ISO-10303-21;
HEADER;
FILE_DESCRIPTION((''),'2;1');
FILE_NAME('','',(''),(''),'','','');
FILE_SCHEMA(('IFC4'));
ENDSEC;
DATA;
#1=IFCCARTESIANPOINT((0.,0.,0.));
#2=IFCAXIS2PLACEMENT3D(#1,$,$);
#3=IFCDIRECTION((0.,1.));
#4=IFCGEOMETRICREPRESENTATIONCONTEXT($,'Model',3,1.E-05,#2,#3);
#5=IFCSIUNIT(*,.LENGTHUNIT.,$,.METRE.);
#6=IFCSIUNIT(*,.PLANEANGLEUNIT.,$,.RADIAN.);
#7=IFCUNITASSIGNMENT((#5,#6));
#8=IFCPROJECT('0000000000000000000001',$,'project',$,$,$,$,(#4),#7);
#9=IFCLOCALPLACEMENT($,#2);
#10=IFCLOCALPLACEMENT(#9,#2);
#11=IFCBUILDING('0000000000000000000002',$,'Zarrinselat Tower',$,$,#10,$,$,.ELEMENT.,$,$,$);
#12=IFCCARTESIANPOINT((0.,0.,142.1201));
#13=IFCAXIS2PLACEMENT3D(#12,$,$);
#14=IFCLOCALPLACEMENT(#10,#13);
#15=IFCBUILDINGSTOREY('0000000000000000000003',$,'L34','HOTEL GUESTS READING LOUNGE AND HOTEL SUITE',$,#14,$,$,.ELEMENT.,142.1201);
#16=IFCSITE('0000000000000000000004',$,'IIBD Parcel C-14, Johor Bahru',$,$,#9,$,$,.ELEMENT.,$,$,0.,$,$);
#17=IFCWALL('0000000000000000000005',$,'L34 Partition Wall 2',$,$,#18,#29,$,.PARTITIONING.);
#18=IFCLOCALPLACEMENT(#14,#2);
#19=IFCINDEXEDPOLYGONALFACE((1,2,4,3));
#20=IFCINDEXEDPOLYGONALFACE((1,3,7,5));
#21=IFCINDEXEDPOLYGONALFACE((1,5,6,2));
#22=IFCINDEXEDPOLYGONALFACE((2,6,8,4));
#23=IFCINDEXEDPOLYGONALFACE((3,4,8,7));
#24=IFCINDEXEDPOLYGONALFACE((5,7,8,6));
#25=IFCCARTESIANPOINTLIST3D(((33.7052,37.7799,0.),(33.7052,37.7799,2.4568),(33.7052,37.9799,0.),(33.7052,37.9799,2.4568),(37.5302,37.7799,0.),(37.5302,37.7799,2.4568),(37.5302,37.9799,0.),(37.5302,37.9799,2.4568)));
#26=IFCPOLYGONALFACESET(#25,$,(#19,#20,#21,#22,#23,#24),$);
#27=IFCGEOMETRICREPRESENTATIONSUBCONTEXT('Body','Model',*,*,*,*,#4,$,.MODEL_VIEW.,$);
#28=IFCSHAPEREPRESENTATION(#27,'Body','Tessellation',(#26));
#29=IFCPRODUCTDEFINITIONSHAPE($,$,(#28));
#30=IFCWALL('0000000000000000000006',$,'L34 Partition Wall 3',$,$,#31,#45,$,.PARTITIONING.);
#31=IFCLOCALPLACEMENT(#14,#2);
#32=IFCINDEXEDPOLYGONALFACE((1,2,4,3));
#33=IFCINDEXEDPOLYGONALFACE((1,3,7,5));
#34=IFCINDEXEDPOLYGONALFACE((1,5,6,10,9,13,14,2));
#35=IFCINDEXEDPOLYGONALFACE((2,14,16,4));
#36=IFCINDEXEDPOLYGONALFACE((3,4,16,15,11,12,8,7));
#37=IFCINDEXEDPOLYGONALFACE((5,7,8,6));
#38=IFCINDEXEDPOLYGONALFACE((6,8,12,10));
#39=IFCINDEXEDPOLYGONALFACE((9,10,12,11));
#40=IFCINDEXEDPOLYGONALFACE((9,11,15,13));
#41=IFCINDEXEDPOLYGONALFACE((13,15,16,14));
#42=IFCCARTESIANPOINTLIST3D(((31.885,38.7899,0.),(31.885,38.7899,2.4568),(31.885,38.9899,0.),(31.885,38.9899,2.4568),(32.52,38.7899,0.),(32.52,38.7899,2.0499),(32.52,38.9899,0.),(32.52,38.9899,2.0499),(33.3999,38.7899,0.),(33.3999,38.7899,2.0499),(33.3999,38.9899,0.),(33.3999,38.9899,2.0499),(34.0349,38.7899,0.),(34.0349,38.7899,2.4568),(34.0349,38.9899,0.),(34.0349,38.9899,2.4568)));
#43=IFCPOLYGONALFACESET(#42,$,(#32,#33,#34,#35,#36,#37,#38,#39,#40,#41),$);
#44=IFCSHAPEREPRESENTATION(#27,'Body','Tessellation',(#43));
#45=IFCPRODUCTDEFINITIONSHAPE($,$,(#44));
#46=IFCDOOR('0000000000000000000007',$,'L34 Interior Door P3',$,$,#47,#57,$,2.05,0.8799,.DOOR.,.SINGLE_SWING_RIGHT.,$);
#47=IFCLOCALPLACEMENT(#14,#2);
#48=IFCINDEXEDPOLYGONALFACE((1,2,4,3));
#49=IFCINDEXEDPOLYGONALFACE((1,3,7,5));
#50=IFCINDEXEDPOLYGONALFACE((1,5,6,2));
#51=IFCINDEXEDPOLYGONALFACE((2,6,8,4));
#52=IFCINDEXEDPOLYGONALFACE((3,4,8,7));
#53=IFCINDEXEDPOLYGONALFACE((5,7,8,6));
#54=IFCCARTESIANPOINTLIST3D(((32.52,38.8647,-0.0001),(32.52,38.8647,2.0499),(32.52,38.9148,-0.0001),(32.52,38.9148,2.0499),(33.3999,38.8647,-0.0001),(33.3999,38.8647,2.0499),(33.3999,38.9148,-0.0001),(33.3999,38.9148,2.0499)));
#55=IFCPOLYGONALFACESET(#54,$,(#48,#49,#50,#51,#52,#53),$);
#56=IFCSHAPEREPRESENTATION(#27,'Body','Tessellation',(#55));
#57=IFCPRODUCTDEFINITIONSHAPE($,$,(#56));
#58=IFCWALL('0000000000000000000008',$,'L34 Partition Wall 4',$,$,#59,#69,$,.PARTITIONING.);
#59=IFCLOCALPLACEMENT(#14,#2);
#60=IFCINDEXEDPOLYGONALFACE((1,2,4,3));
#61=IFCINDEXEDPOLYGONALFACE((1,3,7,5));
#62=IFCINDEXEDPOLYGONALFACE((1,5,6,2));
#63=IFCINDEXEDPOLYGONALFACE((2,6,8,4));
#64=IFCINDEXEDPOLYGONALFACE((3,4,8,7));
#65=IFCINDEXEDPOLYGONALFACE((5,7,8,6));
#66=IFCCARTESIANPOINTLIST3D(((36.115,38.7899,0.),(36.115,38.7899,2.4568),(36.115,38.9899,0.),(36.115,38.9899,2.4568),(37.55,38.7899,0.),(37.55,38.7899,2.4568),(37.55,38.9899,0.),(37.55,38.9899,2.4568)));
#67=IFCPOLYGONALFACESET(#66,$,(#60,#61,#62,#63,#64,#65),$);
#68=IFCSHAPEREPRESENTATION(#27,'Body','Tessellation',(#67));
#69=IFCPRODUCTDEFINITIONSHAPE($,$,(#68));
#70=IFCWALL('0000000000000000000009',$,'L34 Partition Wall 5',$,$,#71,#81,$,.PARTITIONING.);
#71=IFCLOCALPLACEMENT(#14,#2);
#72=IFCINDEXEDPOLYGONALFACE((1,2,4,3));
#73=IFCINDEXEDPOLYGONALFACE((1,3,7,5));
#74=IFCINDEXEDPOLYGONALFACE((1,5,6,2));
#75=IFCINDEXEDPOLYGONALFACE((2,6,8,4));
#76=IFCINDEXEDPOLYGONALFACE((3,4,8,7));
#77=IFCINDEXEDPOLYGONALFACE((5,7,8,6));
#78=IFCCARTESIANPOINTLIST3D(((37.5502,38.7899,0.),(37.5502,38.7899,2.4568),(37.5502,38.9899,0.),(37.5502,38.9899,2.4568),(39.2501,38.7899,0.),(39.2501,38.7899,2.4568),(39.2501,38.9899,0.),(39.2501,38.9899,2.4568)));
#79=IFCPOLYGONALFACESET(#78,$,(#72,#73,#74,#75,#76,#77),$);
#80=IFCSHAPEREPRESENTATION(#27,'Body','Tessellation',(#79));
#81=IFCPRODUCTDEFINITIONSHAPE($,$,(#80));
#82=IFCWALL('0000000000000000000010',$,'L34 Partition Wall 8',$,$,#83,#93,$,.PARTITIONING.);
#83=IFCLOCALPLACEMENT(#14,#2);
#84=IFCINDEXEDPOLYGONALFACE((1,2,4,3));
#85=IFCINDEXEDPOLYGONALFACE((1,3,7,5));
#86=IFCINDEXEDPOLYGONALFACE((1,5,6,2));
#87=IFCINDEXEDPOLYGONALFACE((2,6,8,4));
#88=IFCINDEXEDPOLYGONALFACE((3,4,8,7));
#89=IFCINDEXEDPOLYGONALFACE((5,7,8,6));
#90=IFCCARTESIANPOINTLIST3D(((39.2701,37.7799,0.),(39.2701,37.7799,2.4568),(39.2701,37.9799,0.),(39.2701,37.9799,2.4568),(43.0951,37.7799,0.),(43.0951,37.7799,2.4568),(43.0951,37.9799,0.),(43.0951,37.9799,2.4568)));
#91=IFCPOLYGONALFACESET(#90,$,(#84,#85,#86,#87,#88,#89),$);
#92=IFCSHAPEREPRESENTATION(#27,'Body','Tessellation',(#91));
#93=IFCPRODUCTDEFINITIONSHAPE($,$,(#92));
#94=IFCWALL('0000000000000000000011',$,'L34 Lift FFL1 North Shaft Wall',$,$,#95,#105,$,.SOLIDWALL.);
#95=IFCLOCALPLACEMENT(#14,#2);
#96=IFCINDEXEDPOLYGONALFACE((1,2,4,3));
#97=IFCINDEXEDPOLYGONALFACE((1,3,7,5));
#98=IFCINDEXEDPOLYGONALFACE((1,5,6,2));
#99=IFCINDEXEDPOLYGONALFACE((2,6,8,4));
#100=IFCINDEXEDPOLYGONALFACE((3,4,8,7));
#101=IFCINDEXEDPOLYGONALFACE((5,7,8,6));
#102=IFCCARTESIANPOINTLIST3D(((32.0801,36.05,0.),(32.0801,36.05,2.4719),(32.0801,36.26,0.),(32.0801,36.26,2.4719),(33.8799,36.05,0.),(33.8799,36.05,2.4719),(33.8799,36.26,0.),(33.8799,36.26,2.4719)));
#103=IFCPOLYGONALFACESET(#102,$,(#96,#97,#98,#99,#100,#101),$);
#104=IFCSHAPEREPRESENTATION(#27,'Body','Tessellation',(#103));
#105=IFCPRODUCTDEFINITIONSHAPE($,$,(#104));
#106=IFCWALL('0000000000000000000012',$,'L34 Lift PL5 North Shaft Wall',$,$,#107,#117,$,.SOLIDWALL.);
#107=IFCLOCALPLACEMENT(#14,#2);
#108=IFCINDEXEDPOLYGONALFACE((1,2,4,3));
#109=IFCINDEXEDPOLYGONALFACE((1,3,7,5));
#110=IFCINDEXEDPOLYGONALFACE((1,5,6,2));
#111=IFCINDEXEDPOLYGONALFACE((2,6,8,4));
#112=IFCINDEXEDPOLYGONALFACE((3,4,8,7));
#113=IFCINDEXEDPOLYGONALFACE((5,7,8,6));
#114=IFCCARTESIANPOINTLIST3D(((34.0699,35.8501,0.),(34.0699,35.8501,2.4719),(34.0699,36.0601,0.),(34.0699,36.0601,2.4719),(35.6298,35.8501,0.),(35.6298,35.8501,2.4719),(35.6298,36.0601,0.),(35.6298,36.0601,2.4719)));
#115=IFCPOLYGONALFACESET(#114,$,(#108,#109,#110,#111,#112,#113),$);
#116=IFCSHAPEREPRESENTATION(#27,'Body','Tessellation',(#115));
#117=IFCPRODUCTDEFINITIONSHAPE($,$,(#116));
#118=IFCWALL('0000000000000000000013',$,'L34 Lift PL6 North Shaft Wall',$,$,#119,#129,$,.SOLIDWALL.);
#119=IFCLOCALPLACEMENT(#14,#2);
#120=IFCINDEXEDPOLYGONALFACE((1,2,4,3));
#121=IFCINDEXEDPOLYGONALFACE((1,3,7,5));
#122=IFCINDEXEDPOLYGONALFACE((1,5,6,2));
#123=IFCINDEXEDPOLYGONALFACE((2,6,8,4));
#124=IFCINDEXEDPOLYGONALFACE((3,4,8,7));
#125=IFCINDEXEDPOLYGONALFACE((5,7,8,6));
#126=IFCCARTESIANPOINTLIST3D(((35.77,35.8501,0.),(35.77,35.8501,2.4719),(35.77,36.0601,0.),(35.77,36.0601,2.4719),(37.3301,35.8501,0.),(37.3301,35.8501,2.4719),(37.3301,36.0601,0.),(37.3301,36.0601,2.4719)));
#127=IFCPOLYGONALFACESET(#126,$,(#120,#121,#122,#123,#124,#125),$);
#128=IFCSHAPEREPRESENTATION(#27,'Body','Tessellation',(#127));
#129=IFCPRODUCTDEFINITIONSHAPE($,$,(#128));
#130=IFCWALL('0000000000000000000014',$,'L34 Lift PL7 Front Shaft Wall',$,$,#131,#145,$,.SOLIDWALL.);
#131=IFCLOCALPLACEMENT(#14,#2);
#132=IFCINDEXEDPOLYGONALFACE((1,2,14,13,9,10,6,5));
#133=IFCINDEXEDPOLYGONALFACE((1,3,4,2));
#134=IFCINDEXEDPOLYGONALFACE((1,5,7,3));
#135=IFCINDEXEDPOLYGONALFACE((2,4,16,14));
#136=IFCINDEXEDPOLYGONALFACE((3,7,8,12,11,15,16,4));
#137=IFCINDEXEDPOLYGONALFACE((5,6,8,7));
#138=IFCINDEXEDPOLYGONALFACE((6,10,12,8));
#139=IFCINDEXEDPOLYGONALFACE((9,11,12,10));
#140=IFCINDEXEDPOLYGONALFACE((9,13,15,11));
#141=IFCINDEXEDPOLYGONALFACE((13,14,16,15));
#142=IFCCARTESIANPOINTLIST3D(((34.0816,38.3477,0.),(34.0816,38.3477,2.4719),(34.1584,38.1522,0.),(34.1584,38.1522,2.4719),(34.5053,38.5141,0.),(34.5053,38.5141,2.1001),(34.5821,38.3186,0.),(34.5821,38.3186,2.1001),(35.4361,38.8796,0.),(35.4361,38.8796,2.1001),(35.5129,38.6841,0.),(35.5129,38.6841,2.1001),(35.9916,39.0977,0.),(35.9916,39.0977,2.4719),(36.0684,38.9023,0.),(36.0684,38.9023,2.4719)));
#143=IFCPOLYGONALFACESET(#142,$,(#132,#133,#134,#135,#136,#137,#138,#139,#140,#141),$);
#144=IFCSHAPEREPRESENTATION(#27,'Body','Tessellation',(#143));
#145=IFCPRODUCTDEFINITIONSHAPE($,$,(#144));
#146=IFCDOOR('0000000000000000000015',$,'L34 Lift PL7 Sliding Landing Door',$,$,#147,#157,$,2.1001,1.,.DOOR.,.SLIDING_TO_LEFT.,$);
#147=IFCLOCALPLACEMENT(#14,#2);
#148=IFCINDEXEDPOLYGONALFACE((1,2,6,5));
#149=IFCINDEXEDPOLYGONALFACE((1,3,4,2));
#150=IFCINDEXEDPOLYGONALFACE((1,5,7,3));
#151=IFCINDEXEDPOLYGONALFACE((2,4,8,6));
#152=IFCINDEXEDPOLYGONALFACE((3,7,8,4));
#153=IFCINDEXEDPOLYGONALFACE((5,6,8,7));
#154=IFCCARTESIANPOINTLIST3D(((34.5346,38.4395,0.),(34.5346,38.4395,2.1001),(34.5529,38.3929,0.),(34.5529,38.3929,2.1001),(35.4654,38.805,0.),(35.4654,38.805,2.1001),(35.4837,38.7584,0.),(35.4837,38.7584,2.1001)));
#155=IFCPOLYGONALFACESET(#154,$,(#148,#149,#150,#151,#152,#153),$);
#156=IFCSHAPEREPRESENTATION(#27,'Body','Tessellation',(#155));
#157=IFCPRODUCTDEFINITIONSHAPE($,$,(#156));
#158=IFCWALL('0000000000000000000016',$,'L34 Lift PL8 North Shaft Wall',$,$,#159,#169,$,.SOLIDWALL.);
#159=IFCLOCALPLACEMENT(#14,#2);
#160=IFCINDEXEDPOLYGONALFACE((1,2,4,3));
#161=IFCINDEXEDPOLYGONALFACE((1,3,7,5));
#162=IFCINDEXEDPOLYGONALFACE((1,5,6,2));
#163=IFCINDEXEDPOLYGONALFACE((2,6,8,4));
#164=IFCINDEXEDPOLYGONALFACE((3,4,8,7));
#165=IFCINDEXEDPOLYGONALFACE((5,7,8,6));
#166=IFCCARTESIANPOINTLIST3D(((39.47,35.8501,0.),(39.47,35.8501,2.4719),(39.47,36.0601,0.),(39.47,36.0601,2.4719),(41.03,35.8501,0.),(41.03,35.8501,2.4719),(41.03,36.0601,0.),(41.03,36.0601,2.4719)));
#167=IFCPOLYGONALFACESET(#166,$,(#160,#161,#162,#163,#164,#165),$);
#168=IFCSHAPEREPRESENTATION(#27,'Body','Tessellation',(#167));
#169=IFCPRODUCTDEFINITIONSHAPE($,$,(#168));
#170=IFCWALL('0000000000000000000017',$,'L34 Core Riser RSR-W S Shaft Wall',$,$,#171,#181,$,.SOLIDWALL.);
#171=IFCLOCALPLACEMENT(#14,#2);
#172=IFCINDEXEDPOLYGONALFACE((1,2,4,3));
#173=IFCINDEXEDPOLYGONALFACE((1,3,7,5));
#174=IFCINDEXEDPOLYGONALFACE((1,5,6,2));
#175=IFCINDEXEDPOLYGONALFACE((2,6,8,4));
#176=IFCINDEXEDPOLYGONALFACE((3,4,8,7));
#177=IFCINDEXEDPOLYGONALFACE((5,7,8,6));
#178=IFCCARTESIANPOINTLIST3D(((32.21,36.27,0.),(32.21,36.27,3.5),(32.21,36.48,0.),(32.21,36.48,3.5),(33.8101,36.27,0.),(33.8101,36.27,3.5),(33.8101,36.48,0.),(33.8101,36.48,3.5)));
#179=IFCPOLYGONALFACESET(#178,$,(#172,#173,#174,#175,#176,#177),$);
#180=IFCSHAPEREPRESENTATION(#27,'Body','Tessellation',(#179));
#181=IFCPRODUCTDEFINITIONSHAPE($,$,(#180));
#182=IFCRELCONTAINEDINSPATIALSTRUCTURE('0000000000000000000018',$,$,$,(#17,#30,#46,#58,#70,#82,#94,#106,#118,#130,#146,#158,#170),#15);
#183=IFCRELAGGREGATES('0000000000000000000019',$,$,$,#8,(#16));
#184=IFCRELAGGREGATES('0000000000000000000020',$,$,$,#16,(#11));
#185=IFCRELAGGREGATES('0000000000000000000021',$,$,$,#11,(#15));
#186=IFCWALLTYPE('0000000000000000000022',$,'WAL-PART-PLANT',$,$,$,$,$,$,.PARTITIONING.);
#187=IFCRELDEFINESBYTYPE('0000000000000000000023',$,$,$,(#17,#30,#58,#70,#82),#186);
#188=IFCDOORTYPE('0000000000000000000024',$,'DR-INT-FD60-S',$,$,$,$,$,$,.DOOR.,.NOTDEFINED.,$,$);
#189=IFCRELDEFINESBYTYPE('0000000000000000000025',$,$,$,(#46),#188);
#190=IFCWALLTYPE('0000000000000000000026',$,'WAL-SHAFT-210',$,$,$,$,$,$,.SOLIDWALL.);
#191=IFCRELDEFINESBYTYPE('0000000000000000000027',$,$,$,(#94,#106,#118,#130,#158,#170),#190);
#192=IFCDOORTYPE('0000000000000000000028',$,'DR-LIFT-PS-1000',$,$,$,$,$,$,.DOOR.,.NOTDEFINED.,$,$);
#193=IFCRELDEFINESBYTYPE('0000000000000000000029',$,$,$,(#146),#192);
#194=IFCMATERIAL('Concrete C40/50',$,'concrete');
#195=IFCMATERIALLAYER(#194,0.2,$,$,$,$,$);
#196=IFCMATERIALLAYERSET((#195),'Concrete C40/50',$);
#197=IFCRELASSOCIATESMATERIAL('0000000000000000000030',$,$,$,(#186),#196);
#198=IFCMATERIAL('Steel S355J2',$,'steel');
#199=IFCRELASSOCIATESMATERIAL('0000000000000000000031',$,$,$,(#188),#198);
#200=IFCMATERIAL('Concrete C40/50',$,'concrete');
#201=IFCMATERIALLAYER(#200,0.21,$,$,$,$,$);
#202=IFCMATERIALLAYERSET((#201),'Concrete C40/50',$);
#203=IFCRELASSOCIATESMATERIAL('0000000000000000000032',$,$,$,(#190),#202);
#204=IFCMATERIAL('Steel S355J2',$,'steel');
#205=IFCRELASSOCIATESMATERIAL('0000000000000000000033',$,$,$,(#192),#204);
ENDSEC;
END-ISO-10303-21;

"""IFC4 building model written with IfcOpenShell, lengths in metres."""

from ifc_helpers import new_model, si_unit, direction, frame, frame_2d, origin, place, context, subcontext, project, spatial, rectangle, extrude, material, layer, layer_set, type_object, element, fill, save


model = new_model("IFC4")

# Units and contexts
model_context = context("Model", 3, precision=1e-05, world=origin(), true_north=direction((0.0, 1.0)))
body_context = subcontext(model_context, "Body", "Model", "MODEL_VIEW")
ifc_project = project(units=[si_unit("LENGTHUNIT", "METRE"), si_unit("PLANEANGLEUNIT", "RADIAN")], contexts=[model_context])

# Site, building, storey
site_placement = place(None, origin())
site = spatial("IfcSite", under=ifc_project, at=site_placement, Name="IIBD Parcel C-14, Johor Bahru", CompositionType="ELEMENT", RefElevation=0.0)
building_placement = place(site_placement, origin())
building = spatial("IfcBuilding", under=site, at=building_placement, Name="Zarrinselat Tower", CompositionType="ELEMENT")
storey_placement = place(building_placement, frame((0.0, 0.0, 142.1201)))
storey = spatial("IfcBuildingStorey", under=building, at=storey_placement, Name="L34", Description="HOTEL GUESTS READING LOUNGE AND HOTEL SUITE", CompositionType="ELEMENT", Elevation=142.1201)

# Wall
ifc_material_1 = material(Name="Concrete C40/50", Category="concrete")
ifc_layer_1 = layer(ifc_material_1, 0.2)
ifc_layer_set_1 = layer_set([ifc_layer_1], Name="Concrete C40/50")
wall_type_1 = type_object("IfcWallType", Name="WAL-PART-PLANT", PredefinedType="PARTITIONING", material=ifc_layer_set_1)
wall_1_placement = place(storey_placement, frame((33.7051, 37.8799, 0.0), z_axis=(0.0, 0.0, 1.0), x_axis=(1.0, 0.0, 0.0)))
element("IfcWall", 1, at=wall_1_placement, inside=storey, type_object=wall_type_1, Name="L34 Partition Wall 2", PredefinedType="PARTITIONING", context=body_context, shape_type="SweptSolid", body=[
    extrude(rectangle(XDim=3.825, YDim=0.2, at=frame_2d((1.9126, 0.0))), origin(), (0.0, 0.0, 1.0), 2.4568),
])

# Wall, opening, door
wall_2_placement = place(storey_placement, frame((31.885, 38.8899, 0.0), z_axis=(0.0, 0.0, 1.0), x_axis=(1.0, 0.0, 0.0)))
wall_2 = element("IfcWall", 2, at=wall_2_placement, inside=storey, type_object=wall_type_1, Name="L34 Partition Wall 3", PredefinedType="PARTITIONING", context=body_context, shape_type="SweptSolid", body=[
    extrude(rectangle(XDim=2.1499, YDim=0.2, at=frame_2d((1.075, 0.0))), origin(), (0.0, 0.0, 1.0), 2.4568),
])
opening_1_placement = place(wall_2_placement, frame((0.635, 0.0, 0.0)))
opening_1 = element("IfcOpeningElement", 3, at=opening_1_placement, cuts=wall_2, PredefinedType="OPENING", context=body_context, shape_type="SweptSolid", body=[
    extrude(rectangle(XDim=0.8799, YDim=2.05, at=frame_2d((0.4399, 1.0249))), frame((0.0, 0.1099, 0.0), z_axis=(0.0, -1.0, 0.0), x_axis=(1.0, 0.0, 0.0)), (0.0, 0.0, 1.0), 0.22),
])
ifc_material_2 = material(Name="Steel S355J2", Category="steel")
door_type_1 = type_object("IfcDoorType", Name="DR-INT-FD60-S", OperationType="NOTDEFINED", PredefinedType="DOOR", material=ifc_material_2)
door_1_placement = place(opening_1_placement, origin())
door_1 = element("IfcDoor", 4, at=door_1_placement, inside=storey, type_object=door_type_1, Name="L34 Interior Door P3", OperationType="SINGLE_SWING_RIGHT", OverallHeight=2.05, OverallWidth=0.8799, PredefinedType="DOOR", context=body_context, shape_type="SweptSolid", body=[
    extrude(rectangle(XDim=0.8799, YDim=2.05, at=frame_2d((0.4399, 1.0249))), frame((0.0, 0.0249, 0.0), z_axis=(0.0, -1.0, 0.0), x_axis=(1.0, 0.0, 0.0)), (0.0, 0.0, 1.0), 0.05),
])
fill(opening_1, door_1)

# Walls
wall_3_placement = place(storey_placement, frame((36.115, 38.8899, 0.0), z_axis=(0.0, 0.0, 1.0), x_axis=(1.0, 0.0, 0.0)))
element("IfcWall", 5, at=wall_3_placement, inside=storey, type_object=wall_type_1, Name="L34 Partition Wall 4", PredefinedType="PARTITIONING", context=body_context, shape_type="SweptSolid", body=[
    extrude(rectangle(XDim=1.4351, YDim=0.2, at=frame_2d((0.7175, 0.0))), origin(), (0.0, 0.0, 1.0), 2.4568),
])
wall_4_placement = place(storey_placement, frame((37.55, 38.8899, 0.0), z_axis=(0.0, 0.0, 1.0), x_axis=(1.0, 0.0, 0.0)))
element("IfcWall", 6, at=wall_4_placement, inside=storey, type_object=wall_type_1, Name="L34 Partition Wall 5", PredefinedType="PARTITIONING", context=body_context, shape_type="SweptSolid", body=[
    extrude(rectangle(XDim=1.7, YDim=0.2, at=frame_2d((0.8501, 0.0))), origin(), (0.0, 0.0, 1.0), 2.4568),
])
wall_5_placement = place(storey_placement, frame((39.27, 37.8799, 0.0), z_axis=(0.0, 0.0, 1.0), x_axis=(1.0, 0.0, 0.0)))
element("IfcWall", 7, at=wall_5_placement, inside=storey, type_object=wall_type_1, Name="L34 Partition Wall 8", PredefinedType="PARTITIONING", context=body_context, shape_type="SweptSolid", body=[
    extrude(rectangle(XDim=3.825, YDim=0.2, at=frame_2d((1.9126, 0.0))), origin(), (0.0, 0.0, 1.0), 2.4568),
])
ifc_material_3 = material(Name="Concrete C40/50", Category="concrete")
ifc_layer_2 = layer(ifc_material_3, 0.21)
ifc_layer_set_2 = layer_set([ifc_layer_2], Name="Concrete C40/50")
wall_type_2 = type_object("IfcWallType", Name="WAL-SHAFT-210", PredefinedType="SOLIDWALL", material=ifc_layer_set_2)
wall_6_placement = place(storey_placement, frame((32.0801, 36.155, 0.0), z_axis=(0.0, 0.0, 1.0), x_axis=(1.0, 0.0, 0.0)))
element("IfcWall", 8, at=wall_6_placement, inside=storey, type_object=wall_type_2, Name="L34 Lift FFL1 North Shaft Wall", PredefinedType="SOLIDWALL", context=body_context, shape_type="SweptSolid", body=[
    extrude(rectangle(XDim=1.7998, YDim=0.21, at=frame_2d((0.8999, 0.0))), origin(), (0.0, 0.0, 1.0), 2.4719),
])
wall_7_placement = place(storey_placement, frame((34.0701, 35.9551, 0.0), z_axis=(0.0, 0.0, 1.0), x_axis=(1.0, 0.0, 0.0)))
element("IfcWall", 9, at=wall_7_placement, inside=storey, type_object=wall_type_2, Name="L34 Lift PL5 North Shaft Wall", PredefinedType="SOLIDWALL", context=body_context, shape_type="SweptSolid", body=[
    extrude(rectangle(XDim=1.5598, YDim=0.21, at=frame_2d((0.7798, 0.0))), origin(), (0.0, 0.0, 1.0), 2.4719),
])
wall_8_placement = place(storey_placement, frame((35.77, 35.9551, 0.0), z_axis=(0.0, 0.0, 1.0), x_axis=(1.0, 0.0, 0.0)))
element("IfcWall", 10, at=wall_8_placement, inside=storey, type_object=wall_type_2, Name="L34 Lift PL6 North Shaft Wall", PredefinedType="SOLIDWALL", context=body_context, shape_type="SweptSolid", body=[
    extrude(rectangle(XDim=1.5601, YDim=0.21, at=frame_2d((0.78, 0.0))), origin(), (0.0, 0.0, 1.0), 2.4719),
])

# Wall, opening, door
wall_9_placement = place(storey_placement, frame((34.1201, 38.25, 0.0), z_axis=(0.0, 0.0, 1.0), x_axis=(0.930805, 0.365516, 0.0)))
wall_9 = element("IfcWall", 11, at=wall_9_placement, inside=storey, type_object=wall_type_2, Name="L34 Lift PL7 Front Shaft Wall", PredefinedType="SOLIDWALL", context=body_context, shape_type="SweptSolid", body=[
    extrude(rectangle(XDim=2.052, YDim=0.21, at=frame_2d((1.0259, 0.0))), origin(), (0.0, 0.0, 1.0), 2.4719),
])
opening_2_placement = place(wall_9_placement, frame((0.4551, 0.0, 0.0)))
opening_2 = element("IfcOpeningElement", 12, at=opening_2_placement, cuts=wall_9, PredefinedType="OPENING", context=body_context, shape_type="SweptSolid", body=[
    extrude(rectangle(XDim=1.0, YDim=2.1001, at=frame_2d((0.5, 1.05))), frame((0.0, 0.115, 0.0), z_axis=(0.0, -1.0, 0.0), x_axis=(1.0, 0.0, 0.0)), (0.0, 0.0, 1.0), 0.23),
])
ifc_material_4 = material(Name="Steel S355J2", Category="steel")
door_type_2 = type_object("IfcDoorType", Name="DR-LIFT-PS-1000", OperationType="NOTDEFINED", PredefinedType="DOOR", material=ifc_material_4)
door_2_placement = place(opening_2_placement, origin())
door_2 = element("IfcDoor", 13, at=door_2_placement, inside=storey, type_object=door_type_2, Name="L34 Lift PL7 Sliding Landing Door", OperationType="SLIDING_TO_LEFT", OverallHeight=2.1001, OverallWidth=1.0, PredefinedType="DOOR", context=body_context, shape_type="SweptSolid", body=[
    extrude(rectangle(XDim=1.0, YDim=2.1001, at=frame_2d((0.5, 1.05))), frame((0.0, 0.0249, 0.0), z_axis=(0.0, -1.0, 0.0), x_axis=(1.0, 0.0, 0.0)), (0.0, 0.0, 1.0), 0.05),
])
fill(opening_2, door_2)

# Walls
wall_10_placement = place(storey_placement, frame((39.47, 35.9551, 0.0), z_axis=(0.0, 0.0, 1.0), x_axis=(1.0, 0.0, 0.0)))
element("IfcWall", 14, at=wall_10_placement, inside=storey, type_object=wall_type_2, Name="L34 Lift PL8 North Shaft Wall", PredefinedType="SOLIDWALL", context=body_context, shape_type="SweptSolid", body=[
    extrude(rectangle(XDim=1.5601, YDim=0.21, at=frame_2d((0.78, 0.0))), origin(), (0.0, 0.0, 1.0), 2.4719),
])
for number, where, z_axis, x_axis, name in (
    (15, (32.21, 36.375, 0.0), (0.0, 0.0, 1.0), (1.0, 0.0, 0.0), "L34 Core Riser RSR-W S Shaft Wall"),
):
    element("IfcWall", number, at=place(storey_placement, frame(where, z_axis=z_axis, x_axis=x_axis)), inside=storey, type_object=wall_type_2, Name=name, PredefinedType="SOLIDWALL", context=body_context, shape_type="SweptSolid", body=[
        extrude(rectangle(XDim=1.6001, YDim=0.21, at=frame_2d((0.8, 0.0))), origin(), (0.0, 0.0, 1.0), 3.5),
    ])

save(model, "model.ifc")
